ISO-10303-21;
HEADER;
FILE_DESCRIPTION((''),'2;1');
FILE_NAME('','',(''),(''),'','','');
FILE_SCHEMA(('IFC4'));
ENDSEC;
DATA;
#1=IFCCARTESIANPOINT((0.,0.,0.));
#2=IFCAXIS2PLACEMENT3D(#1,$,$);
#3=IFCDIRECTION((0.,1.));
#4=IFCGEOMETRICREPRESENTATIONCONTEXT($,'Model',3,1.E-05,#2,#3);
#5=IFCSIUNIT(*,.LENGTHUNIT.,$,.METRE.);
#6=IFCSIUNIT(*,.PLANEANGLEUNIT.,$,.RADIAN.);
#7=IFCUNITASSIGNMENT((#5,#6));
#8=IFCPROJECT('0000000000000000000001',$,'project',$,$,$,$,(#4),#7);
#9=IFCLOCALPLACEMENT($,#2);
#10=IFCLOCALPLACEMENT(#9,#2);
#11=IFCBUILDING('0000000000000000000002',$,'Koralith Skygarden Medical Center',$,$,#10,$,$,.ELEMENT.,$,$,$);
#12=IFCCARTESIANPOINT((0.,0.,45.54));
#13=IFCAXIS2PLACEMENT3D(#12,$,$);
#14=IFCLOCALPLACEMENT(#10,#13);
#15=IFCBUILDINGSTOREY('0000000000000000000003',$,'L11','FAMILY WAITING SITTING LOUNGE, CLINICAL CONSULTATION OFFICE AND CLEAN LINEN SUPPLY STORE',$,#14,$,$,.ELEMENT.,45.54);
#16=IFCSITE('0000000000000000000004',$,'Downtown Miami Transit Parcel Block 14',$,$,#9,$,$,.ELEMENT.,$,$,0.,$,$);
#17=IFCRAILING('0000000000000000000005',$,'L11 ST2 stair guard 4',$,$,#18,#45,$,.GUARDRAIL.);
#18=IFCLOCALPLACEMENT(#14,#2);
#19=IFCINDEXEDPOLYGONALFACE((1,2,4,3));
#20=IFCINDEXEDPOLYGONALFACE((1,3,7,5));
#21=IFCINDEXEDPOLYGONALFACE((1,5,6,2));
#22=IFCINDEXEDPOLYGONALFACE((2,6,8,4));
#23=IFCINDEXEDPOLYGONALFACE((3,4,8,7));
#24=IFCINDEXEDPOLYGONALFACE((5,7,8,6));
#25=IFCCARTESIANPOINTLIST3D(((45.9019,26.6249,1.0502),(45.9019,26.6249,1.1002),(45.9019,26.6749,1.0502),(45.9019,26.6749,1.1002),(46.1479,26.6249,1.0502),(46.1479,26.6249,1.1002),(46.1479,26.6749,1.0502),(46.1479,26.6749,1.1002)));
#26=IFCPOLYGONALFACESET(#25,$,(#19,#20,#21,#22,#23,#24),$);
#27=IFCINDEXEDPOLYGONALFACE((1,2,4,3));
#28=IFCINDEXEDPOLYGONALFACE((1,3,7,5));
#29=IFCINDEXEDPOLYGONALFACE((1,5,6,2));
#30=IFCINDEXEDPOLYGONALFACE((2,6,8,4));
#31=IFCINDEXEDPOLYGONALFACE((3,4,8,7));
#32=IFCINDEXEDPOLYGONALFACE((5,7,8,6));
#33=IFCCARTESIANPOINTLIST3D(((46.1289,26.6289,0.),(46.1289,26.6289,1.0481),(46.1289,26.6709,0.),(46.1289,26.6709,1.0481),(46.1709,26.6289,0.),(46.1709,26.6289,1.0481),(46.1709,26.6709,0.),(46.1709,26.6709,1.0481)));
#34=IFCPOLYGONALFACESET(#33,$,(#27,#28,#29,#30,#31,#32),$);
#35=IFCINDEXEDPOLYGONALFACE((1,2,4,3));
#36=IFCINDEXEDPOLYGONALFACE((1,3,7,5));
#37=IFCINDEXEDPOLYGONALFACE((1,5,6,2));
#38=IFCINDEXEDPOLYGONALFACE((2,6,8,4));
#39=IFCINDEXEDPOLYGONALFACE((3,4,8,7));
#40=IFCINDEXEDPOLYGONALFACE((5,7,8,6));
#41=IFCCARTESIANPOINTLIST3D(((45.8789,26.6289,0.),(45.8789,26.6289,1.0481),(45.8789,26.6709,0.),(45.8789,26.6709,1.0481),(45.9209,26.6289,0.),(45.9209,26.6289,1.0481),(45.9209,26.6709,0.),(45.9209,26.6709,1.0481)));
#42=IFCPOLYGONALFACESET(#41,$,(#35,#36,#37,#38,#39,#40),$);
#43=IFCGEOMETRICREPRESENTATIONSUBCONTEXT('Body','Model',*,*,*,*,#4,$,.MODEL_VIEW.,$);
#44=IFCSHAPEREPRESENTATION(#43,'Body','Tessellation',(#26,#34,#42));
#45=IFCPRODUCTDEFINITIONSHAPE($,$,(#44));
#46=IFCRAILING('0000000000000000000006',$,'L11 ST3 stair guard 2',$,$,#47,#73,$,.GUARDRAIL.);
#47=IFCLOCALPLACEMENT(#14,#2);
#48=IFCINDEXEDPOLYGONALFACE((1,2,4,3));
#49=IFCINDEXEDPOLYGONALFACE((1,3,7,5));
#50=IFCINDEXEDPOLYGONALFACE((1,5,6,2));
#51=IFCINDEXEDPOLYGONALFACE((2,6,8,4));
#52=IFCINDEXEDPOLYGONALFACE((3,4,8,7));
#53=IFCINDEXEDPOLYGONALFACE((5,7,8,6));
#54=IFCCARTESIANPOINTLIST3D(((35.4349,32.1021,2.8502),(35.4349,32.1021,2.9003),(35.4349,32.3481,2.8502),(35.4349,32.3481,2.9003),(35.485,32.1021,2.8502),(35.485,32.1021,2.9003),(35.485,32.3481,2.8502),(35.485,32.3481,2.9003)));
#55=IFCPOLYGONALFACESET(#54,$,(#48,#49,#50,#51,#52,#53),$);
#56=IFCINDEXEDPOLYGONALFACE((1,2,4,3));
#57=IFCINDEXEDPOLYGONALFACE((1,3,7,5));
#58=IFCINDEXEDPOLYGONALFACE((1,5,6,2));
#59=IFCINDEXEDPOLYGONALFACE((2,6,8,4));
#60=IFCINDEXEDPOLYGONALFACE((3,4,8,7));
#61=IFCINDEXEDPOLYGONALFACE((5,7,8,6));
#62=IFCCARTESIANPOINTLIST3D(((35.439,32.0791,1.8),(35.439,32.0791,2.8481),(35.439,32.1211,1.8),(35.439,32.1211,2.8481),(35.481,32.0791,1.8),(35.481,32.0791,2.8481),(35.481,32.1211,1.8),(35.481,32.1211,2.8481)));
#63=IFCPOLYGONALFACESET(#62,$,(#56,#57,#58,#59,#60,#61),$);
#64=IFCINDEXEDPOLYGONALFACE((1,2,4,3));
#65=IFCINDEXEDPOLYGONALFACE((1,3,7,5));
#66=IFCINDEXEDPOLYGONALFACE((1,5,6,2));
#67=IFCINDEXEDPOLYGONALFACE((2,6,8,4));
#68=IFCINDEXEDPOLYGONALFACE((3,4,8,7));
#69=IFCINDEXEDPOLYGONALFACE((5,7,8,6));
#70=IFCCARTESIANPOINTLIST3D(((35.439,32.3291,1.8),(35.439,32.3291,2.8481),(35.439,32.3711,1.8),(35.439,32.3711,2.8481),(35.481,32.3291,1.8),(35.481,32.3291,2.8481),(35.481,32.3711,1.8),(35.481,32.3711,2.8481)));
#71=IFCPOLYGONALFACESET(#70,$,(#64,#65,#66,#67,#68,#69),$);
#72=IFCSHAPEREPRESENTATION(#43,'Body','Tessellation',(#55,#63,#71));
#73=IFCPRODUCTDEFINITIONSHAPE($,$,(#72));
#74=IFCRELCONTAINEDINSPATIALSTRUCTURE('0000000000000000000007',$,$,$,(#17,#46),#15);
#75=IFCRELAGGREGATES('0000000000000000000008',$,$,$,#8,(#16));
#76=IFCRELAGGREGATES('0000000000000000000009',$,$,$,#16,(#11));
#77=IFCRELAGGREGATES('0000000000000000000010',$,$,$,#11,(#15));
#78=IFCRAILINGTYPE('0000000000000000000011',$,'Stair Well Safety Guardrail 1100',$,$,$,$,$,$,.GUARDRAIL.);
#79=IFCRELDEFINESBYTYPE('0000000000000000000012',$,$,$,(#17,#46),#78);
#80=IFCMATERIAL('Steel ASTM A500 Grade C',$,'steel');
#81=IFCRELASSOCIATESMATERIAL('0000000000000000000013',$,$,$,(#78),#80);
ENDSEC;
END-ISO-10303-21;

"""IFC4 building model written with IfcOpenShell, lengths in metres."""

from ifc_helpers import new_model, si_unit, direction, frame, origin, origin_2d, place, context, subcontext, project, spatial, rectangle, extrude, material, type_object, element, save


model = new_model("IFC4")

# Units and contexts
model_context = context("Model", 3, precision=1e-05, world=origin(), true_north=direction((0.0, 1.0)))
body_context = subcontext(model_context, "Body", "Model", "MODEL_VIEW")
ifc_project = project(units=[si_unit("LENGTHUNIT", "METRE"), si_unit("PLANEANGLEUNIT", "RADIAN")], contexts=[model_context])

# Site, building, storey
site_placement = place(None, origin())
site = spatial("IfcSite", under=ifc_project, at=site_placement, Name="Downtown Miami Transit Parcel Block 14", CompositionType="ELEMENT", RefElevation=0.0)
building_placement = place(site_placement, origin())
building = spatial("IfcBuilding", under=site, at=building_placement, Name="Koralith Skygarden Medical Center", CompositionType="ELEMENT")
storey_placement = place(building_placement, frame((0.0, 0.0, 45.54)))
storey = spatial("IfcBuildingStorey", under=building, at=storey_placement, Name="L11", Description="FAMILY WAITING SITTING LOUNGE, CLINICAL CONSULTATION OFFICE AND CLEAN LINEN SUPPLY STORE", CompositionType="ELEMENT", Elevation=45.54)

# Shared definitions
ifc_material_1 = material(Name="Steel ASTM A500 Grade C", Category="steel")

# Railings
railing_type_1 = type_object("IfcRailingType", Name="Stair Well Safety Guardrail 1100", PredefinedType="GUARDRAIL", material=ifc_material_1)
railing_1_placement = place(storey_placement, frame((46.1499, 26.6499, 0.0)))
element("IfcRailing", 1, at=railing_1_placement, inside=storey, type_object=railing_type_1, Name="L11 ST2 stair guard 4", PredefinedType="GUARDRAIL", context=body_context, shape_type="SweptSolid", body=[
    extrude(rectangle(XDim=0.05, YDim=0.05, at=origin_2d()), frame((-0.002, 0.0, 1.0752), z_axis=(-1.0, 0.0, 0.0), x_axis=(0.0, -1.0, 0.0)), (0.0, 0.0, 1.0), 0.2461),
    extrude(rectangle(XDim=0.042, YDim=0.042, at=origin_2d()), origin(), (0.0, 0.0, 1.0), 1.0481),
    extrude(rectangle(XDim=0.042, YDim=0.042, at=origin_2d()), frame((-0.25, 0.0, 0.0)), (0.0, 0.0, 1.0), 1.0481),
])
railing_2_placement = place(storey_placement, frame((35.46, 32.1001, 1.8)))
element("IfcRailing", 2, at=railing_2_placement, inside=storey, type_object=railing_type_1, Name="L11 ST3 stair guard 2", PredefinedType="GUARDRAIL", context=body_context, shape_type="SweptSolid", body=[
    extrude(rectangle(XDim=0.05, YDim=0.05, at=origin_2d()), frame((0.0, 0.002, 1.0752), z_axis=(0.0, 1.0, 0.0), x_axis=(-1.0, 0.0, 0.0)), (0.0, 0.0, 1.0), 0.2461),
    extrude(rectangle(XDim=0.042, YDim=0.042, at=origin_2d()), origin(), (0.0, 0.0, 1.0), 1.0481),
    extrude(rectangle(XDim=0.042, YDim=0.042, at=origin_2d()), frame((0.0, 0.25, 0.0)), (0.0, 0.0, 1.0), 1.0481),
])

save(model, "model.ifc")
